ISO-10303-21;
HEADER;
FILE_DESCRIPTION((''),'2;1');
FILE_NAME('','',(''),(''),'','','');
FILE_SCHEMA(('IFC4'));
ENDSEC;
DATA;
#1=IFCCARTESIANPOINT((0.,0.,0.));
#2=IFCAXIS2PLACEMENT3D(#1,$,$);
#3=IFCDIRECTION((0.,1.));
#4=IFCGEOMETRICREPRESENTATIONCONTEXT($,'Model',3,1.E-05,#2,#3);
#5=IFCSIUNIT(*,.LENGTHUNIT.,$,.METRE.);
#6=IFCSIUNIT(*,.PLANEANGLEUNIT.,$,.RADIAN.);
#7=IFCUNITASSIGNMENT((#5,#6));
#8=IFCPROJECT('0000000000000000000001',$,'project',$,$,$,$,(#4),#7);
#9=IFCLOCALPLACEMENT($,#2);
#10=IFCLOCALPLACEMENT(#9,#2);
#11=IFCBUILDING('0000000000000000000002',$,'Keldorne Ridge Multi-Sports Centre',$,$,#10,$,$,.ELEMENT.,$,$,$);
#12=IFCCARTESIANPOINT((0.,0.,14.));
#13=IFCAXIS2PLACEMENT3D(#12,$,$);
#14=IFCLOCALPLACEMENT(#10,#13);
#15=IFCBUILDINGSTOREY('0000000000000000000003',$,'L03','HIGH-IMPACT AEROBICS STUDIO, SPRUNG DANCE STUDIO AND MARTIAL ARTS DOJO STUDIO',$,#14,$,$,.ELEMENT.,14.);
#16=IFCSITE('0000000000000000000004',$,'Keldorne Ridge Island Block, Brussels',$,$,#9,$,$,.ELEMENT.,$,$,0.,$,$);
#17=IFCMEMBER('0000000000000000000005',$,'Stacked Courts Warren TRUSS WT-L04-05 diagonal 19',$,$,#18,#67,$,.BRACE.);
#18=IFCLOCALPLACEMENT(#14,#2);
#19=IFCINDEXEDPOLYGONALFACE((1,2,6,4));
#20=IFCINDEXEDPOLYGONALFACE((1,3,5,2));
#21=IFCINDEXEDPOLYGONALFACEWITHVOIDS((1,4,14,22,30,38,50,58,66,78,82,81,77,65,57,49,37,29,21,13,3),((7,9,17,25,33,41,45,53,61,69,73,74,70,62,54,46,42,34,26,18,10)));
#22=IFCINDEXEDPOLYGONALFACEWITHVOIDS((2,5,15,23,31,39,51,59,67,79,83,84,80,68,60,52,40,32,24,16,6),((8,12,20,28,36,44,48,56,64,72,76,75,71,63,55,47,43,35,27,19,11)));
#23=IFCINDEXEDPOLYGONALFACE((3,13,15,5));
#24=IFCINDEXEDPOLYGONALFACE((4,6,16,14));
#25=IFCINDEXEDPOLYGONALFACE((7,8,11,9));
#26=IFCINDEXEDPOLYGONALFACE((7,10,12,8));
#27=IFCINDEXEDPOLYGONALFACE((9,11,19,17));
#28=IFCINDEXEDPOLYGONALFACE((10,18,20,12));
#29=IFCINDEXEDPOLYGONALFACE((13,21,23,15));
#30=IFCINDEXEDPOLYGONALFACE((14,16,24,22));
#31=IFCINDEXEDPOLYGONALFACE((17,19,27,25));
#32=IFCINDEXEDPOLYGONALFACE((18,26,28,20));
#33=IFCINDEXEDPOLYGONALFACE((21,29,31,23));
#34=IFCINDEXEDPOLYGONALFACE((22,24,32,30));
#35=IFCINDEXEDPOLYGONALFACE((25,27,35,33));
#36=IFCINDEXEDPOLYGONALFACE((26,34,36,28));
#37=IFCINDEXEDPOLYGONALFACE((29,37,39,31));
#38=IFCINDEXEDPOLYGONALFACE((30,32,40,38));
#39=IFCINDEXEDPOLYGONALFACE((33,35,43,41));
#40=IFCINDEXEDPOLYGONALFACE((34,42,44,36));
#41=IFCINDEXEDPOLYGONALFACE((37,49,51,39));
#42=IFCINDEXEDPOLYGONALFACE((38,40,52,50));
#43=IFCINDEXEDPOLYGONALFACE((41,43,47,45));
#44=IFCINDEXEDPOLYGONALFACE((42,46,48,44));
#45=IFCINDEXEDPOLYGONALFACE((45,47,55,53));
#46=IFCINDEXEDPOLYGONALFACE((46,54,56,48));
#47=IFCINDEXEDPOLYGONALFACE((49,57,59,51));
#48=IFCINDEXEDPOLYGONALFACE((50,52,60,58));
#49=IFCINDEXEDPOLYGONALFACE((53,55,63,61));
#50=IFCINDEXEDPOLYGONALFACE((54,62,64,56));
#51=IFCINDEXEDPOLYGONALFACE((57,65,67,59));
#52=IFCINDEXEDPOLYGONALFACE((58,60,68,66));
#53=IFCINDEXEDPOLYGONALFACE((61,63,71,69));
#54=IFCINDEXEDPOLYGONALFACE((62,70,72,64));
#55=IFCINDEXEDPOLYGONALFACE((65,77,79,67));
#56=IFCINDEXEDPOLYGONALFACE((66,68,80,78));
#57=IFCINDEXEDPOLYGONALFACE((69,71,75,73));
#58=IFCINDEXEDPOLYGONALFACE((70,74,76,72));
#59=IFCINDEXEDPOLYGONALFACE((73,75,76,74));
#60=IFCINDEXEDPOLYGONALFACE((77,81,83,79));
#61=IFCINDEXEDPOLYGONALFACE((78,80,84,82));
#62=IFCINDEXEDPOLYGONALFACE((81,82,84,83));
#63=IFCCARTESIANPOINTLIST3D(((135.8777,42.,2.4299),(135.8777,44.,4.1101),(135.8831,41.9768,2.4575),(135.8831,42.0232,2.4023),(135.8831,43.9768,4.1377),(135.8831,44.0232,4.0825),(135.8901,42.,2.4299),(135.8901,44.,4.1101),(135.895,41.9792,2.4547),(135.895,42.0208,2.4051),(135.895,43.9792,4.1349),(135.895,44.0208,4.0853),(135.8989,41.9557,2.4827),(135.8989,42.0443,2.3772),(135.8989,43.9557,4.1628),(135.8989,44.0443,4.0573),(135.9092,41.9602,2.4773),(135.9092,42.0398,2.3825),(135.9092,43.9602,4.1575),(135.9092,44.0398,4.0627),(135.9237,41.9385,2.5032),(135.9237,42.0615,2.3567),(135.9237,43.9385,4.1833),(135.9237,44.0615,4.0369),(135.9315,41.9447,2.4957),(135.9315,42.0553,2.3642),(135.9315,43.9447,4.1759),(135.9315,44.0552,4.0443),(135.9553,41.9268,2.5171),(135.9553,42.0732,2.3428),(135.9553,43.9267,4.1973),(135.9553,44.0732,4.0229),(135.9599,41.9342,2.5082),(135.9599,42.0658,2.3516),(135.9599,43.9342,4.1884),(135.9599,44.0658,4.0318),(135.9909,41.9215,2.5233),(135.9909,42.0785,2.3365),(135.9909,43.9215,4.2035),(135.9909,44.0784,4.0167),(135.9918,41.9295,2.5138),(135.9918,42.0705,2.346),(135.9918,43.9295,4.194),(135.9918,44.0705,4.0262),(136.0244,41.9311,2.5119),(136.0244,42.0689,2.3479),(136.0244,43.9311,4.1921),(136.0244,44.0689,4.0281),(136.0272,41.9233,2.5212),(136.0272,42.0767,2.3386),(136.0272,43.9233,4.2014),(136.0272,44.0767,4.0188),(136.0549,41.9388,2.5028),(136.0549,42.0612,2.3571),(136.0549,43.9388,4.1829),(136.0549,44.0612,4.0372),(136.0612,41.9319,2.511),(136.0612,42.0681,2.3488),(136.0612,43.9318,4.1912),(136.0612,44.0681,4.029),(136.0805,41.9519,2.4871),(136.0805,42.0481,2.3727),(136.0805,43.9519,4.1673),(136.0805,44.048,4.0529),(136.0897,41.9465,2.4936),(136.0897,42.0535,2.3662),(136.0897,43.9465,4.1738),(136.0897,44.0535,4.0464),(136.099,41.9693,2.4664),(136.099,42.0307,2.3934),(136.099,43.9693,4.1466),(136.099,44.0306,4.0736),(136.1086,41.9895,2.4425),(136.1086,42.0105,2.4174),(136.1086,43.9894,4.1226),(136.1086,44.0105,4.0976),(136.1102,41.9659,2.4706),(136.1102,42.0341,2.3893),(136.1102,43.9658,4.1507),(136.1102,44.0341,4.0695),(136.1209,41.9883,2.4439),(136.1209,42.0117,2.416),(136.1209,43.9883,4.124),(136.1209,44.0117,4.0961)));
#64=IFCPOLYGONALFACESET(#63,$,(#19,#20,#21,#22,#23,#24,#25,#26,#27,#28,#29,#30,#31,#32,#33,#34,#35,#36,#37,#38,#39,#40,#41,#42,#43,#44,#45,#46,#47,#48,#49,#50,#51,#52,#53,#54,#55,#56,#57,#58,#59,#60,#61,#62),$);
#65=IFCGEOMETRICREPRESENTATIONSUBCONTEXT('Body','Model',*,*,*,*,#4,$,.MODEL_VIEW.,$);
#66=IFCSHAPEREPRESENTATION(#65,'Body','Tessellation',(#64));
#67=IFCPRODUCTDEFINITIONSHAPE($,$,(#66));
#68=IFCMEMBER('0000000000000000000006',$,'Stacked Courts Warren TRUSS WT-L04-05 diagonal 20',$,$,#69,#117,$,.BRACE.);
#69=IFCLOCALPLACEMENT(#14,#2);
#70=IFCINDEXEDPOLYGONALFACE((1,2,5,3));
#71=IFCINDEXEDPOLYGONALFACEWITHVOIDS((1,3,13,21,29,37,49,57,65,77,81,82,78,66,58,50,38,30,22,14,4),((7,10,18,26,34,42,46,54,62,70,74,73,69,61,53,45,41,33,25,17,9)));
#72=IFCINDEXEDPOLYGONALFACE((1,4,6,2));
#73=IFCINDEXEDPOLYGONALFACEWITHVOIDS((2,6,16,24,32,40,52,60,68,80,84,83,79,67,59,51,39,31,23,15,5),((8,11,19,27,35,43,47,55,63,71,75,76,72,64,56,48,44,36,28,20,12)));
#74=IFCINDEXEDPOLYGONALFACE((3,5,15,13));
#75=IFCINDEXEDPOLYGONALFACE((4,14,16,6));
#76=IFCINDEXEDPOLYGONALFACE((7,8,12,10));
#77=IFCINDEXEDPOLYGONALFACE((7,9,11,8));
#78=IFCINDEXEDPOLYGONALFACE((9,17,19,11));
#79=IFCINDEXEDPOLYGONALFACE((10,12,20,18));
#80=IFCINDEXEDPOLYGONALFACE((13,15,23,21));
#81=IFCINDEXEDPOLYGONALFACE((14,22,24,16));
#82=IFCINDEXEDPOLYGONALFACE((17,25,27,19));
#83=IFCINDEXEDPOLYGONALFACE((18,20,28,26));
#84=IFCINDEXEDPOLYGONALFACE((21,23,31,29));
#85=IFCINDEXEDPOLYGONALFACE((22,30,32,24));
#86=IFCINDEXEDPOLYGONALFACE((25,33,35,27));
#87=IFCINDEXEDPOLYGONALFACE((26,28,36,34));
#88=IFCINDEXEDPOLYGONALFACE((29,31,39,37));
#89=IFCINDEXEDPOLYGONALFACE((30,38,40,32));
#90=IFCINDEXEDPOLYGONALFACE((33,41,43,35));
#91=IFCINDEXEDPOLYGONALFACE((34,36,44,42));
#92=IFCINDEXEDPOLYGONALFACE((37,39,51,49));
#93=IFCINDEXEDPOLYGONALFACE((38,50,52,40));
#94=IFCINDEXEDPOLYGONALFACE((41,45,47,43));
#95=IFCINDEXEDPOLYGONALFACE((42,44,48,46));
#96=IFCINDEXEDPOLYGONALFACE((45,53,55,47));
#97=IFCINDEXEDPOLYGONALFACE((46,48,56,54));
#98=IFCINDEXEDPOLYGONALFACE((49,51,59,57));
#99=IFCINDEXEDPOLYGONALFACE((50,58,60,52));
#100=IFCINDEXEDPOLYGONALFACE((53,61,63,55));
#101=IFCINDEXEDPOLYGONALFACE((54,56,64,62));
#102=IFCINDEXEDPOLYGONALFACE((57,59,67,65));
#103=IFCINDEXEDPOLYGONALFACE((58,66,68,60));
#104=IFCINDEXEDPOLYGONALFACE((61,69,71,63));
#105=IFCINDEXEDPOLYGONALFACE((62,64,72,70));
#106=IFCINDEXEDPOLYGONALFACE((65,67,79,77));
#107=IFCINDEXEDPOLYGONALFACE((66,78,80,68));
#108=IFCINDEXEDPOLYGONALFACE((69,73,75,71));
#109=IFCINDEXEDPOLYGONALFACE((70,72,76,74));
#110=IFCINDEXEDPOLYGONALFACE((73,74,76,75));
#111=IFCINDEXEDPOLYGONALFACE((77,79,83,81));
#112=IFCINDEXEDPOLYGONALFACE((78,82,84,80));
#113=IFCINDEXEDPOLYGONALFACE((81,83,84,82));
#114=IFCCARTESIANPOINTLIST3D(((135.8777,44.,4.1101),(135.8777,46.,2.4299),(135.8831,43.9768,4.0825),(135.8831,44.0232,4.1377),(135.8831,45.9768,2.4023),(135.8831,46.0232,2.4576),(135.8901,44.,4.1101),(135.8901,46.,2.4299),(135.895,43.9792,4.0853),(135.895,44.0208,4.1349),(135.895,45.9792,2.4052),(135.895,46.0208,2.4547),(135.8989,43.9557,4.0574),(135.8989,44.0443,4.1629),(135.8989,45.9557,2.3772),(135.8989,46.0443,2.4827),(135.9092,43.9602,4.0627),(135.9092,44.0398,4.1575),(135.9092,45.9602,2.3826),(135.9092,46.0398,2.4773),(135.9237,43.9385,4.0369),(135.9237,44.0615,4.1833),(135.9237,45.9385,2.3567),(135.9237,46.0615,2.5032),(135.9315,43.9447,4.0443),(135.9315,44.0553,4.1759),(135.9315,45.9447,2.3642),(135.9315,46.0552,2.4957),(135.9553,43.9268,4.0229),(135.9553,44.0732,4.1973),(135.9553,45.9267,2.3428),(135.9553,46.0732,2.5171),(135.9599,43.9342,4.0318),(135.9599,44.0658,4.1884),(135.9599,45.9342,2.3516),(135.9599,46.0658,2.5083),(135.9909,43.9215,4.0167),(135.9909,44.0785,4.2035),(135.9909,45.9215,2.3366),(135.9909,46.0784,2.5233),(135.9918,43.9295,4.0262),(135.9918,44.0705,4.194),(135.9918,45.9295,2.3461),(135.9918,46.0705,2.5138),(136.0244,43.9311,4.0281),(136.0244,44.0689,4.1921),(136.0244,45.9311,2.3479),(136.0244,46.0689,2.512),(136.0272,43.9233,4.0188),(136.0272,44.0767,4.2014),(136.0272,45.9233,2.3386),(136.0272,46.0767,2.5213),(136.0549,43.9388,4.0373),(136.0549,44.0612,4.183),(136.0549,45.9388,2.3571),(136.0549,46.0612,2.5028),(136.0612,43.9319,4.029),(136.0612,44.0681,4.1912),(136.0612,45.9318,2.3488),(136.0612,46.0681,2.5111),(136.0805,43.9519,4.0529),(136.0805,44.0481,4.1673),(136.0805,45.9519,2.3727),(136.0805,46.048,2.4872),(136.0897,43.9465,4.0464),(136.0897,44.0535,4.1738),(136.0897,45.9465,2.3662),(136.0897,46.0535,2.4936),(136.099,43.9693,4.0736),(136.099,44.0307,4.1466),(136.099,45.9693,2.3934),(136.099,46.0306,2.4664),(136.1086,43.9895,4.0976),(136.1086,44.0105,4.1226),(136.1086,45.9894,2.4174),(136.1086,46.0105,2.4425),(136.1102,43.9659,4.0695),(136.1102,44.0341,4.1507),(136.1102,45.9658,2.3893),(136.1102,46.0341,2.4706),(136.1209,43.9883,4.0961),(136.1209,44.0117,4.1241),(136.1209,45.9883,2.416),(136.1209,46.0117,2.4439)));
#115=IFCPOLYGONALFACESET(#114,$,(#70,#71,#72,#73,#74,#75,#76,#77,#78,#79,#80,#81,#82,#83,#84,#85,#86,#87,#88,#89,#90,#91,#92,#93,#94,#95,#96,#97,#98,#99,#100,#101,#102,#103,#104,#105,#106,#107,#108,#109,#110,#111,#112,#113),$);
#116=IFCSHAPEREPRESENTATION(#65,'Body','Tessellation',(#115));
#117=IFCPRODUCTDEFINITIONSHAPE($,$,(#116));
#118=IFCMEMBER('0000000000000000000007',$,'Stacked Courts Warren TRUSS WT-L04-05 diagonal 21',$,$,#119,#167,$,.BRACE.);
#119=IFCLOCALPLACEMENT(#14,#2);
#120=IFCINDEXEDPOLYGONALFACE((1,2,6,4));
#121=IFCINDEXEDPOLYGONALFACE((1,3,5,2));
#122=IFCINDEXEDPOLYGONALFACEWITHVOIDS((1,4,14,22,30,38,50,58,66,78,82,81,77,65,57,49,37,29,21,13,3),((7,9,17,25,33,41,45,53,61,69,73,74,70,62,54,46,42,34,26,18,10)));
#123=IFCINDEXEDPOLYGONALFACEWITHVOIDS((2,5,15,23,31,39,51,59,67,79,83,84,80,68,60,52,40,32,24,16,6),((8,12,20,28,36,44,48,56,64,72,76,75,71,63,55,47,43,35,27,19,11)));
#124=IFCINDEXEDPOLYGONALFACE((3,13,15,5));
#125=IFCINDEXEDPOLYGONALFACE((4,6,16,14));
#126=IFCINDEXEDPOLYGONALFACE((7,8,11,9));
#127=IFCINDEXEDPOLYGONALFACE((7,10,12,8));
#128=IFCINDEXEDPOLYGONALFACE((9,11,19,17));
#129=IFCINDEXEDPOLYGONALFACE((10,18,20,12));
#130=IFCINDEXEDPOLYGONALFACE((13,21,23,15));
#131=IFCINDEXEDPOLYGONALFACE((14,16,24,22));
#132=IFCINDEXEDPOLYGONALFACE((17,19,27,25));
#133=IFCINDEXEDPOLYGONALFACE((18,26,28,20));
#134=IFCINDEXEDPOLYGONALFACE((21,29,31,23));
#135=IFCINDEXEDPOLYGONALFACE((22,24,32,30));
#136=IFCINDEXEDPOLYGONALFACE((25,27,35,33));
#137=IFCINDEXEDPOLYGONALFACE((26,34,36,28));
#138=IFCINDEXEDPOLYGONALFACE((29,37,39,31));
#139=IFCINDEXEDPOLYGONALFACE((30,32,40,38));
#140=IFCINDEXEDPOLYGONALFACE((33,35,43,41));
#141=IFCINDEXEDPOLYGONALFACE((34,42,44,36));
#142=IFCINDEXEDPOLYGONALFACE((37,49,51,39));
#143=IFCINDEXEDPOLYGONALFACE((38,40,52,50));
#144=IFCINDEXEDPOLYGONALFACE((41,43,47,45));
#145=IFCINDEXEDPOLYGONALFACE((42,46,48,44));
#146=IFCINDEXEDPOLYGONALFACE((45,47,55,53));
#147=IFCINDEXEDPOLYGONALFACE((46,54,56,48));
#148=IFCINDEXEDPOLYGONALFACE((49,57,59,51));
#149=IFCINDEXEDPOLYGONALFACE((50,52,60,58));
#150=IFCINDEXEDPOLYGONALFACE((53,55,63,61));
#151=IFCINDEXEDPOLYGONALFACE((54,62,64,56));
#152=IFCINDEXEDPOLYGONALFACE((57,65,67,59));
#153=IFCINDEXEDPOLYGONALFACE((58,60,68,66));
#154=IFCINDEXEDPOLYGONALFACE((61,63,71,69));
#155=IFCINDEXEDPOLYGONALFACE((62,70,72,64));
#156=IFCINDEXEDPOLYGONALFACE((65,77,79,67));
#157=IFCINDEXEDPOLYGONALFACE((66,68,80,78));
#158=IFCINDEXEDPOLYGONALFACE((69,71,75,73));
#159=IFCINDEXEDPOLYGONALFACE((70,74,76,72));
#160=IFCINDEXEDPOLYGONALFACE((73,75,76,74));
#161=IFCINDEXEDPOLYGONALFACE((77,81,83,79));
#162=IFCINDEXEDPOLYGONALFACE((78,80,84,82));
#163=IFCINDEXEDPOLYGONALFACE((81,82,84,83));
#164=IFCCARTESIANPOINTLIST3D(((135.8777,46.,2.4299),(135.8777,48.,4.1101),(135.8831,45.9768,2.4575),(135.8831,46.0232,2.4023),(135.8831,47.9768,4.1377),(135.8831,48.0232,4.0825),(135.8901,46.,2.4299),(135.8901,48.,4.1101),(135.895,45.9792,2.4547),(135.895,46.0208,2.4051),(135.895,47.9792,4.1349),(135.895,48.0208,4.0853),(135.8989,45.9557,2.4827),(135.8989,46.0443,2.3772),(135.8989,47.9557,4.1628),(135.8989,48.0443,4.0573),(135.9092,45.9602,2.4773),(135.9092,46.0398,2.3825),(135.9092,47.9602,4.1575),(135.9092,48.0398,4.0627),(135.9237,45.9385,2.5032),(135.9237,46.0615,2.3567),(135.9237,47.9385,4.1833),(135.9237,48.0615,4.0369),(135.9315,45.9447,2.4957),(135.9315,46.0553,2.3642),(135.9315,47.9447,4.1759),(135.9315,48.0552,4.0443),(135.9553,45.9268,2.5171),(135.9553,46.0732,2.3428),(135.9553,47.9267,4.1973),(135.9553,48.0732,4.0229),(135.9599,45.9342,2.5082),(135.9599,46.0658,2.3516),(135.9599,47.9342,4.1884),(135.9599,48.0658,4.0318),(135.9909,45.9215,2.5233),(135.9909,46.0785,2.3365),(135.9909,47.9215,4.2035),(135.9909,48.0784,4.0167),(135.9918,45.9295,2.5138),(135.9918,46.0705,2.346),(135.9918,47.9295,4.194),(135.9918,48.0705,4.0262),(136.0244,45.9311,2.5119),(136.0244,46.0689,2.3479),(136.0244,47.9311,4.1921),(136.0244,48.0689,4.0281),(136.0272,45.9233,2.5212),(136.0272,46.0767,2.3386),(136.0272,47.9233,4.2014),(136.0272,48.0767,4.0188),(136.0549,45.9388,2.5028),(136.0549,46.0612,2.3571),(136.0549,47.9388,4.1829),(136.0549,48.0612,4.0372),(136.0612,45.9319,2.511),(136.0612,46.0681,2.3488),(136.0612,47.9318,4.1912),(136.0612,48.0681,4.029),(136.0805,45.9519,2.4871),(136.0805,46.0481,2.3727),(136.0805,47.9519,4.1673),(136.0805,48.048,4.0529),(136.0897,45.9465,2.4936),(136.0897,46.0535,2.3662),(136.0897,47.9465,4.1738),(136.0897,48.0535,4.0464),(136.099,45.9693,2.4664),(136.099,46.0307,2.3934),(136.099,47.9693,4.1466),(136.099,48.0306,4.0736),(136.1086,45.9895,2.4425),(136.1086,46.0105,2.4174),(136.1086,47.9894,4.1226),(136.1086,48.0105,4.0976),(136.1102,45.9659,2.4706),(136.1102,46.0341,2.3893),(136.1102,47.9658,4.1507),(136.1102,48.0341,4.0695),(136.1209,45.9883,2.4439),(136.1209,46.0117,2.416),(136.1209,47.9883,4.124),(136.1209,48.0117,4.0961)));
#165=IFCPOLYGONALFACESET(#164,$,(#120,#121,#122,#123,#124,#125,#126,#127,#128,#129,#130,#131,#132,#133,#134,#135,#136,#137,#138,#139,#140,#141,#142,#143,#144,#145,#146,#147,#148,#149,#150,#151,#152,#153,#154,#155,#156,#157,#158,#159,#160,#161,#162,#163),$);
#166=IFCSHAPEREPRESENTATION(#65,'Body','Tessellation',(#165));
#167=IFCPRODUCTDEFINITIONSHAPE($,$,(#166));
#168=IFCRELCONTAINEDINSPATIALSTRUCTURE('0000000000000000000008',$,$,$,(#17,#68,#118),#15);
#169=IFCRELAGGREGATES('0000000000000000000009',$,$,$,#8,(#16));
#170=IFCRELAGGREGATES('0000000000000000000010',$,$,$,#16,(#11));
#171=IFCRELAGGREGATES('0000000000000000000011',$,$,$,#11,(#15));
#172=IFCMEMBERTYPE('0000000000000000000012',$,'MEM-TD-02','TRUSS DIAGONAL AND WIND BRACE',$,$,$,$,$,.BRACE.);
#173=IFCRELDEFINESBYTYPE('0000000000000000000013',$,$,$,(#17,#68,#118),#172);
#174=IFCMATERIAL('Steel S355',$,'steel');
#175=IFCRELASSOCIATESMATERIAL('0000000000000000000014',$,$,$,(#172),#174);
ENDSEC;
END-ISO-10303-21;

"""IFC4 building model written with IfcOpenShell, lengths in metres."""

from ifc_helpers import new_model, si_unit, direction, frame, origin, origin_2d, place, context, subcontext, project, spatial, hollow_circle, extrude, material, material_profile, profile_set, type_object, element, save


model = new_model("IFC4")

# Units and contexts
model_context = context("Model", 3, precision=1e-05, world=origin(), true_north=direction((0.0, 1.0)))
body_context = subcontext(model_context, "Body", "Model", "MODEL_VIEW")
ifc_project = project(units=[si_unit("LENGTHUNIT", "METRE"), si_unit("PLANEANGLEUNIT", "RADIAN")], contexts=[model_context])

# Site, building, storey
site_placement = place(None, origin())
site = spatial("IfcSite", under=ifc_project, at=site_placement, Name="Keldorne Ridge Island Block, Brussels", CompositionType="ELEMENT", RefElevation=0.0)
building_placement = place(site_placement, origin())
building = spatial("IfcBuilding", under=site, at=building_placement, Name="Keldorne Ridge Multi-Sports Centre", CompositionType="ELEMENT")
storey_placement = place(building_placement, frame((0.0, 0.0, 14.0)))
storey = spatial("IfcBuildingStorey", under=building, at=storey_placement, Name="L03", Description="HIGH-IMPACT AEROBICS STUDIO, SPRUNG DANCE STUDIO AND MARTIAL ARTS DOJO STUDIO", CompositionType="ELEMENT", Elevation=14.0)

# Members
ifc_material = material(Name="Steel S355", Category="steel")
ifc_material_profile_1 = material_profile(ifc_material, hollow_circle(Radius=0.1223, WallThickness=0.0125, at=origin_2d()), Name="CHS 244.5x12.5")
ifc_profile_set_1 = profile_set([ifc_material_profile_1], Name="Steel S355")
member_type_1 = type_object("IfcMemberType", Name="MEM-TD-02", Description="TRUSS DIAGONAL AND WIND BRACE", PredefinedType="BRACE", material=ifc_profile_set_1)
for number, where, z_axis, x_axis, name in (
    (1, (136.0, 42.0, 2.4299), (0.0, 0.765672, 0.643232), (-1.0, 0.0, 0.0), "Stacked Courts Warren TRUSS WT-L04-05 diagonal 19"),
    (2, (136.0, 44.0, 4.1101), (0.0, 0.765672, -0.643232), (-1.0, 0.0, 0.0), "Stacked Courts Warren TRUSS WT-L04-05 diagonal 20"),
    (3, (136.0, 46.0, 2.4299), (0.0, 0.765672, 0.643232), (-1.0, 0.0, 0.0), "Stacked Courts Warren TRUSS WT-L04-05 diagonal 21"),
):
    element("IfcMember", number, at=place(storey_placement, frame(where, z_axis=z_axis, x_axis=x_axis)), inside=storey, type_object=member_type_1, Name=name, PredefinedType="BRACE", context=body_context, shape_type="SweptSolid", body=[
        extrude(hollow_circle(Radius=0.1223, WallThickness=0.0125, at=origin_2d()), origin(), (0.0, 0.0, 1.0), 2.6121),
    ])

save(model, "model.ifc")
